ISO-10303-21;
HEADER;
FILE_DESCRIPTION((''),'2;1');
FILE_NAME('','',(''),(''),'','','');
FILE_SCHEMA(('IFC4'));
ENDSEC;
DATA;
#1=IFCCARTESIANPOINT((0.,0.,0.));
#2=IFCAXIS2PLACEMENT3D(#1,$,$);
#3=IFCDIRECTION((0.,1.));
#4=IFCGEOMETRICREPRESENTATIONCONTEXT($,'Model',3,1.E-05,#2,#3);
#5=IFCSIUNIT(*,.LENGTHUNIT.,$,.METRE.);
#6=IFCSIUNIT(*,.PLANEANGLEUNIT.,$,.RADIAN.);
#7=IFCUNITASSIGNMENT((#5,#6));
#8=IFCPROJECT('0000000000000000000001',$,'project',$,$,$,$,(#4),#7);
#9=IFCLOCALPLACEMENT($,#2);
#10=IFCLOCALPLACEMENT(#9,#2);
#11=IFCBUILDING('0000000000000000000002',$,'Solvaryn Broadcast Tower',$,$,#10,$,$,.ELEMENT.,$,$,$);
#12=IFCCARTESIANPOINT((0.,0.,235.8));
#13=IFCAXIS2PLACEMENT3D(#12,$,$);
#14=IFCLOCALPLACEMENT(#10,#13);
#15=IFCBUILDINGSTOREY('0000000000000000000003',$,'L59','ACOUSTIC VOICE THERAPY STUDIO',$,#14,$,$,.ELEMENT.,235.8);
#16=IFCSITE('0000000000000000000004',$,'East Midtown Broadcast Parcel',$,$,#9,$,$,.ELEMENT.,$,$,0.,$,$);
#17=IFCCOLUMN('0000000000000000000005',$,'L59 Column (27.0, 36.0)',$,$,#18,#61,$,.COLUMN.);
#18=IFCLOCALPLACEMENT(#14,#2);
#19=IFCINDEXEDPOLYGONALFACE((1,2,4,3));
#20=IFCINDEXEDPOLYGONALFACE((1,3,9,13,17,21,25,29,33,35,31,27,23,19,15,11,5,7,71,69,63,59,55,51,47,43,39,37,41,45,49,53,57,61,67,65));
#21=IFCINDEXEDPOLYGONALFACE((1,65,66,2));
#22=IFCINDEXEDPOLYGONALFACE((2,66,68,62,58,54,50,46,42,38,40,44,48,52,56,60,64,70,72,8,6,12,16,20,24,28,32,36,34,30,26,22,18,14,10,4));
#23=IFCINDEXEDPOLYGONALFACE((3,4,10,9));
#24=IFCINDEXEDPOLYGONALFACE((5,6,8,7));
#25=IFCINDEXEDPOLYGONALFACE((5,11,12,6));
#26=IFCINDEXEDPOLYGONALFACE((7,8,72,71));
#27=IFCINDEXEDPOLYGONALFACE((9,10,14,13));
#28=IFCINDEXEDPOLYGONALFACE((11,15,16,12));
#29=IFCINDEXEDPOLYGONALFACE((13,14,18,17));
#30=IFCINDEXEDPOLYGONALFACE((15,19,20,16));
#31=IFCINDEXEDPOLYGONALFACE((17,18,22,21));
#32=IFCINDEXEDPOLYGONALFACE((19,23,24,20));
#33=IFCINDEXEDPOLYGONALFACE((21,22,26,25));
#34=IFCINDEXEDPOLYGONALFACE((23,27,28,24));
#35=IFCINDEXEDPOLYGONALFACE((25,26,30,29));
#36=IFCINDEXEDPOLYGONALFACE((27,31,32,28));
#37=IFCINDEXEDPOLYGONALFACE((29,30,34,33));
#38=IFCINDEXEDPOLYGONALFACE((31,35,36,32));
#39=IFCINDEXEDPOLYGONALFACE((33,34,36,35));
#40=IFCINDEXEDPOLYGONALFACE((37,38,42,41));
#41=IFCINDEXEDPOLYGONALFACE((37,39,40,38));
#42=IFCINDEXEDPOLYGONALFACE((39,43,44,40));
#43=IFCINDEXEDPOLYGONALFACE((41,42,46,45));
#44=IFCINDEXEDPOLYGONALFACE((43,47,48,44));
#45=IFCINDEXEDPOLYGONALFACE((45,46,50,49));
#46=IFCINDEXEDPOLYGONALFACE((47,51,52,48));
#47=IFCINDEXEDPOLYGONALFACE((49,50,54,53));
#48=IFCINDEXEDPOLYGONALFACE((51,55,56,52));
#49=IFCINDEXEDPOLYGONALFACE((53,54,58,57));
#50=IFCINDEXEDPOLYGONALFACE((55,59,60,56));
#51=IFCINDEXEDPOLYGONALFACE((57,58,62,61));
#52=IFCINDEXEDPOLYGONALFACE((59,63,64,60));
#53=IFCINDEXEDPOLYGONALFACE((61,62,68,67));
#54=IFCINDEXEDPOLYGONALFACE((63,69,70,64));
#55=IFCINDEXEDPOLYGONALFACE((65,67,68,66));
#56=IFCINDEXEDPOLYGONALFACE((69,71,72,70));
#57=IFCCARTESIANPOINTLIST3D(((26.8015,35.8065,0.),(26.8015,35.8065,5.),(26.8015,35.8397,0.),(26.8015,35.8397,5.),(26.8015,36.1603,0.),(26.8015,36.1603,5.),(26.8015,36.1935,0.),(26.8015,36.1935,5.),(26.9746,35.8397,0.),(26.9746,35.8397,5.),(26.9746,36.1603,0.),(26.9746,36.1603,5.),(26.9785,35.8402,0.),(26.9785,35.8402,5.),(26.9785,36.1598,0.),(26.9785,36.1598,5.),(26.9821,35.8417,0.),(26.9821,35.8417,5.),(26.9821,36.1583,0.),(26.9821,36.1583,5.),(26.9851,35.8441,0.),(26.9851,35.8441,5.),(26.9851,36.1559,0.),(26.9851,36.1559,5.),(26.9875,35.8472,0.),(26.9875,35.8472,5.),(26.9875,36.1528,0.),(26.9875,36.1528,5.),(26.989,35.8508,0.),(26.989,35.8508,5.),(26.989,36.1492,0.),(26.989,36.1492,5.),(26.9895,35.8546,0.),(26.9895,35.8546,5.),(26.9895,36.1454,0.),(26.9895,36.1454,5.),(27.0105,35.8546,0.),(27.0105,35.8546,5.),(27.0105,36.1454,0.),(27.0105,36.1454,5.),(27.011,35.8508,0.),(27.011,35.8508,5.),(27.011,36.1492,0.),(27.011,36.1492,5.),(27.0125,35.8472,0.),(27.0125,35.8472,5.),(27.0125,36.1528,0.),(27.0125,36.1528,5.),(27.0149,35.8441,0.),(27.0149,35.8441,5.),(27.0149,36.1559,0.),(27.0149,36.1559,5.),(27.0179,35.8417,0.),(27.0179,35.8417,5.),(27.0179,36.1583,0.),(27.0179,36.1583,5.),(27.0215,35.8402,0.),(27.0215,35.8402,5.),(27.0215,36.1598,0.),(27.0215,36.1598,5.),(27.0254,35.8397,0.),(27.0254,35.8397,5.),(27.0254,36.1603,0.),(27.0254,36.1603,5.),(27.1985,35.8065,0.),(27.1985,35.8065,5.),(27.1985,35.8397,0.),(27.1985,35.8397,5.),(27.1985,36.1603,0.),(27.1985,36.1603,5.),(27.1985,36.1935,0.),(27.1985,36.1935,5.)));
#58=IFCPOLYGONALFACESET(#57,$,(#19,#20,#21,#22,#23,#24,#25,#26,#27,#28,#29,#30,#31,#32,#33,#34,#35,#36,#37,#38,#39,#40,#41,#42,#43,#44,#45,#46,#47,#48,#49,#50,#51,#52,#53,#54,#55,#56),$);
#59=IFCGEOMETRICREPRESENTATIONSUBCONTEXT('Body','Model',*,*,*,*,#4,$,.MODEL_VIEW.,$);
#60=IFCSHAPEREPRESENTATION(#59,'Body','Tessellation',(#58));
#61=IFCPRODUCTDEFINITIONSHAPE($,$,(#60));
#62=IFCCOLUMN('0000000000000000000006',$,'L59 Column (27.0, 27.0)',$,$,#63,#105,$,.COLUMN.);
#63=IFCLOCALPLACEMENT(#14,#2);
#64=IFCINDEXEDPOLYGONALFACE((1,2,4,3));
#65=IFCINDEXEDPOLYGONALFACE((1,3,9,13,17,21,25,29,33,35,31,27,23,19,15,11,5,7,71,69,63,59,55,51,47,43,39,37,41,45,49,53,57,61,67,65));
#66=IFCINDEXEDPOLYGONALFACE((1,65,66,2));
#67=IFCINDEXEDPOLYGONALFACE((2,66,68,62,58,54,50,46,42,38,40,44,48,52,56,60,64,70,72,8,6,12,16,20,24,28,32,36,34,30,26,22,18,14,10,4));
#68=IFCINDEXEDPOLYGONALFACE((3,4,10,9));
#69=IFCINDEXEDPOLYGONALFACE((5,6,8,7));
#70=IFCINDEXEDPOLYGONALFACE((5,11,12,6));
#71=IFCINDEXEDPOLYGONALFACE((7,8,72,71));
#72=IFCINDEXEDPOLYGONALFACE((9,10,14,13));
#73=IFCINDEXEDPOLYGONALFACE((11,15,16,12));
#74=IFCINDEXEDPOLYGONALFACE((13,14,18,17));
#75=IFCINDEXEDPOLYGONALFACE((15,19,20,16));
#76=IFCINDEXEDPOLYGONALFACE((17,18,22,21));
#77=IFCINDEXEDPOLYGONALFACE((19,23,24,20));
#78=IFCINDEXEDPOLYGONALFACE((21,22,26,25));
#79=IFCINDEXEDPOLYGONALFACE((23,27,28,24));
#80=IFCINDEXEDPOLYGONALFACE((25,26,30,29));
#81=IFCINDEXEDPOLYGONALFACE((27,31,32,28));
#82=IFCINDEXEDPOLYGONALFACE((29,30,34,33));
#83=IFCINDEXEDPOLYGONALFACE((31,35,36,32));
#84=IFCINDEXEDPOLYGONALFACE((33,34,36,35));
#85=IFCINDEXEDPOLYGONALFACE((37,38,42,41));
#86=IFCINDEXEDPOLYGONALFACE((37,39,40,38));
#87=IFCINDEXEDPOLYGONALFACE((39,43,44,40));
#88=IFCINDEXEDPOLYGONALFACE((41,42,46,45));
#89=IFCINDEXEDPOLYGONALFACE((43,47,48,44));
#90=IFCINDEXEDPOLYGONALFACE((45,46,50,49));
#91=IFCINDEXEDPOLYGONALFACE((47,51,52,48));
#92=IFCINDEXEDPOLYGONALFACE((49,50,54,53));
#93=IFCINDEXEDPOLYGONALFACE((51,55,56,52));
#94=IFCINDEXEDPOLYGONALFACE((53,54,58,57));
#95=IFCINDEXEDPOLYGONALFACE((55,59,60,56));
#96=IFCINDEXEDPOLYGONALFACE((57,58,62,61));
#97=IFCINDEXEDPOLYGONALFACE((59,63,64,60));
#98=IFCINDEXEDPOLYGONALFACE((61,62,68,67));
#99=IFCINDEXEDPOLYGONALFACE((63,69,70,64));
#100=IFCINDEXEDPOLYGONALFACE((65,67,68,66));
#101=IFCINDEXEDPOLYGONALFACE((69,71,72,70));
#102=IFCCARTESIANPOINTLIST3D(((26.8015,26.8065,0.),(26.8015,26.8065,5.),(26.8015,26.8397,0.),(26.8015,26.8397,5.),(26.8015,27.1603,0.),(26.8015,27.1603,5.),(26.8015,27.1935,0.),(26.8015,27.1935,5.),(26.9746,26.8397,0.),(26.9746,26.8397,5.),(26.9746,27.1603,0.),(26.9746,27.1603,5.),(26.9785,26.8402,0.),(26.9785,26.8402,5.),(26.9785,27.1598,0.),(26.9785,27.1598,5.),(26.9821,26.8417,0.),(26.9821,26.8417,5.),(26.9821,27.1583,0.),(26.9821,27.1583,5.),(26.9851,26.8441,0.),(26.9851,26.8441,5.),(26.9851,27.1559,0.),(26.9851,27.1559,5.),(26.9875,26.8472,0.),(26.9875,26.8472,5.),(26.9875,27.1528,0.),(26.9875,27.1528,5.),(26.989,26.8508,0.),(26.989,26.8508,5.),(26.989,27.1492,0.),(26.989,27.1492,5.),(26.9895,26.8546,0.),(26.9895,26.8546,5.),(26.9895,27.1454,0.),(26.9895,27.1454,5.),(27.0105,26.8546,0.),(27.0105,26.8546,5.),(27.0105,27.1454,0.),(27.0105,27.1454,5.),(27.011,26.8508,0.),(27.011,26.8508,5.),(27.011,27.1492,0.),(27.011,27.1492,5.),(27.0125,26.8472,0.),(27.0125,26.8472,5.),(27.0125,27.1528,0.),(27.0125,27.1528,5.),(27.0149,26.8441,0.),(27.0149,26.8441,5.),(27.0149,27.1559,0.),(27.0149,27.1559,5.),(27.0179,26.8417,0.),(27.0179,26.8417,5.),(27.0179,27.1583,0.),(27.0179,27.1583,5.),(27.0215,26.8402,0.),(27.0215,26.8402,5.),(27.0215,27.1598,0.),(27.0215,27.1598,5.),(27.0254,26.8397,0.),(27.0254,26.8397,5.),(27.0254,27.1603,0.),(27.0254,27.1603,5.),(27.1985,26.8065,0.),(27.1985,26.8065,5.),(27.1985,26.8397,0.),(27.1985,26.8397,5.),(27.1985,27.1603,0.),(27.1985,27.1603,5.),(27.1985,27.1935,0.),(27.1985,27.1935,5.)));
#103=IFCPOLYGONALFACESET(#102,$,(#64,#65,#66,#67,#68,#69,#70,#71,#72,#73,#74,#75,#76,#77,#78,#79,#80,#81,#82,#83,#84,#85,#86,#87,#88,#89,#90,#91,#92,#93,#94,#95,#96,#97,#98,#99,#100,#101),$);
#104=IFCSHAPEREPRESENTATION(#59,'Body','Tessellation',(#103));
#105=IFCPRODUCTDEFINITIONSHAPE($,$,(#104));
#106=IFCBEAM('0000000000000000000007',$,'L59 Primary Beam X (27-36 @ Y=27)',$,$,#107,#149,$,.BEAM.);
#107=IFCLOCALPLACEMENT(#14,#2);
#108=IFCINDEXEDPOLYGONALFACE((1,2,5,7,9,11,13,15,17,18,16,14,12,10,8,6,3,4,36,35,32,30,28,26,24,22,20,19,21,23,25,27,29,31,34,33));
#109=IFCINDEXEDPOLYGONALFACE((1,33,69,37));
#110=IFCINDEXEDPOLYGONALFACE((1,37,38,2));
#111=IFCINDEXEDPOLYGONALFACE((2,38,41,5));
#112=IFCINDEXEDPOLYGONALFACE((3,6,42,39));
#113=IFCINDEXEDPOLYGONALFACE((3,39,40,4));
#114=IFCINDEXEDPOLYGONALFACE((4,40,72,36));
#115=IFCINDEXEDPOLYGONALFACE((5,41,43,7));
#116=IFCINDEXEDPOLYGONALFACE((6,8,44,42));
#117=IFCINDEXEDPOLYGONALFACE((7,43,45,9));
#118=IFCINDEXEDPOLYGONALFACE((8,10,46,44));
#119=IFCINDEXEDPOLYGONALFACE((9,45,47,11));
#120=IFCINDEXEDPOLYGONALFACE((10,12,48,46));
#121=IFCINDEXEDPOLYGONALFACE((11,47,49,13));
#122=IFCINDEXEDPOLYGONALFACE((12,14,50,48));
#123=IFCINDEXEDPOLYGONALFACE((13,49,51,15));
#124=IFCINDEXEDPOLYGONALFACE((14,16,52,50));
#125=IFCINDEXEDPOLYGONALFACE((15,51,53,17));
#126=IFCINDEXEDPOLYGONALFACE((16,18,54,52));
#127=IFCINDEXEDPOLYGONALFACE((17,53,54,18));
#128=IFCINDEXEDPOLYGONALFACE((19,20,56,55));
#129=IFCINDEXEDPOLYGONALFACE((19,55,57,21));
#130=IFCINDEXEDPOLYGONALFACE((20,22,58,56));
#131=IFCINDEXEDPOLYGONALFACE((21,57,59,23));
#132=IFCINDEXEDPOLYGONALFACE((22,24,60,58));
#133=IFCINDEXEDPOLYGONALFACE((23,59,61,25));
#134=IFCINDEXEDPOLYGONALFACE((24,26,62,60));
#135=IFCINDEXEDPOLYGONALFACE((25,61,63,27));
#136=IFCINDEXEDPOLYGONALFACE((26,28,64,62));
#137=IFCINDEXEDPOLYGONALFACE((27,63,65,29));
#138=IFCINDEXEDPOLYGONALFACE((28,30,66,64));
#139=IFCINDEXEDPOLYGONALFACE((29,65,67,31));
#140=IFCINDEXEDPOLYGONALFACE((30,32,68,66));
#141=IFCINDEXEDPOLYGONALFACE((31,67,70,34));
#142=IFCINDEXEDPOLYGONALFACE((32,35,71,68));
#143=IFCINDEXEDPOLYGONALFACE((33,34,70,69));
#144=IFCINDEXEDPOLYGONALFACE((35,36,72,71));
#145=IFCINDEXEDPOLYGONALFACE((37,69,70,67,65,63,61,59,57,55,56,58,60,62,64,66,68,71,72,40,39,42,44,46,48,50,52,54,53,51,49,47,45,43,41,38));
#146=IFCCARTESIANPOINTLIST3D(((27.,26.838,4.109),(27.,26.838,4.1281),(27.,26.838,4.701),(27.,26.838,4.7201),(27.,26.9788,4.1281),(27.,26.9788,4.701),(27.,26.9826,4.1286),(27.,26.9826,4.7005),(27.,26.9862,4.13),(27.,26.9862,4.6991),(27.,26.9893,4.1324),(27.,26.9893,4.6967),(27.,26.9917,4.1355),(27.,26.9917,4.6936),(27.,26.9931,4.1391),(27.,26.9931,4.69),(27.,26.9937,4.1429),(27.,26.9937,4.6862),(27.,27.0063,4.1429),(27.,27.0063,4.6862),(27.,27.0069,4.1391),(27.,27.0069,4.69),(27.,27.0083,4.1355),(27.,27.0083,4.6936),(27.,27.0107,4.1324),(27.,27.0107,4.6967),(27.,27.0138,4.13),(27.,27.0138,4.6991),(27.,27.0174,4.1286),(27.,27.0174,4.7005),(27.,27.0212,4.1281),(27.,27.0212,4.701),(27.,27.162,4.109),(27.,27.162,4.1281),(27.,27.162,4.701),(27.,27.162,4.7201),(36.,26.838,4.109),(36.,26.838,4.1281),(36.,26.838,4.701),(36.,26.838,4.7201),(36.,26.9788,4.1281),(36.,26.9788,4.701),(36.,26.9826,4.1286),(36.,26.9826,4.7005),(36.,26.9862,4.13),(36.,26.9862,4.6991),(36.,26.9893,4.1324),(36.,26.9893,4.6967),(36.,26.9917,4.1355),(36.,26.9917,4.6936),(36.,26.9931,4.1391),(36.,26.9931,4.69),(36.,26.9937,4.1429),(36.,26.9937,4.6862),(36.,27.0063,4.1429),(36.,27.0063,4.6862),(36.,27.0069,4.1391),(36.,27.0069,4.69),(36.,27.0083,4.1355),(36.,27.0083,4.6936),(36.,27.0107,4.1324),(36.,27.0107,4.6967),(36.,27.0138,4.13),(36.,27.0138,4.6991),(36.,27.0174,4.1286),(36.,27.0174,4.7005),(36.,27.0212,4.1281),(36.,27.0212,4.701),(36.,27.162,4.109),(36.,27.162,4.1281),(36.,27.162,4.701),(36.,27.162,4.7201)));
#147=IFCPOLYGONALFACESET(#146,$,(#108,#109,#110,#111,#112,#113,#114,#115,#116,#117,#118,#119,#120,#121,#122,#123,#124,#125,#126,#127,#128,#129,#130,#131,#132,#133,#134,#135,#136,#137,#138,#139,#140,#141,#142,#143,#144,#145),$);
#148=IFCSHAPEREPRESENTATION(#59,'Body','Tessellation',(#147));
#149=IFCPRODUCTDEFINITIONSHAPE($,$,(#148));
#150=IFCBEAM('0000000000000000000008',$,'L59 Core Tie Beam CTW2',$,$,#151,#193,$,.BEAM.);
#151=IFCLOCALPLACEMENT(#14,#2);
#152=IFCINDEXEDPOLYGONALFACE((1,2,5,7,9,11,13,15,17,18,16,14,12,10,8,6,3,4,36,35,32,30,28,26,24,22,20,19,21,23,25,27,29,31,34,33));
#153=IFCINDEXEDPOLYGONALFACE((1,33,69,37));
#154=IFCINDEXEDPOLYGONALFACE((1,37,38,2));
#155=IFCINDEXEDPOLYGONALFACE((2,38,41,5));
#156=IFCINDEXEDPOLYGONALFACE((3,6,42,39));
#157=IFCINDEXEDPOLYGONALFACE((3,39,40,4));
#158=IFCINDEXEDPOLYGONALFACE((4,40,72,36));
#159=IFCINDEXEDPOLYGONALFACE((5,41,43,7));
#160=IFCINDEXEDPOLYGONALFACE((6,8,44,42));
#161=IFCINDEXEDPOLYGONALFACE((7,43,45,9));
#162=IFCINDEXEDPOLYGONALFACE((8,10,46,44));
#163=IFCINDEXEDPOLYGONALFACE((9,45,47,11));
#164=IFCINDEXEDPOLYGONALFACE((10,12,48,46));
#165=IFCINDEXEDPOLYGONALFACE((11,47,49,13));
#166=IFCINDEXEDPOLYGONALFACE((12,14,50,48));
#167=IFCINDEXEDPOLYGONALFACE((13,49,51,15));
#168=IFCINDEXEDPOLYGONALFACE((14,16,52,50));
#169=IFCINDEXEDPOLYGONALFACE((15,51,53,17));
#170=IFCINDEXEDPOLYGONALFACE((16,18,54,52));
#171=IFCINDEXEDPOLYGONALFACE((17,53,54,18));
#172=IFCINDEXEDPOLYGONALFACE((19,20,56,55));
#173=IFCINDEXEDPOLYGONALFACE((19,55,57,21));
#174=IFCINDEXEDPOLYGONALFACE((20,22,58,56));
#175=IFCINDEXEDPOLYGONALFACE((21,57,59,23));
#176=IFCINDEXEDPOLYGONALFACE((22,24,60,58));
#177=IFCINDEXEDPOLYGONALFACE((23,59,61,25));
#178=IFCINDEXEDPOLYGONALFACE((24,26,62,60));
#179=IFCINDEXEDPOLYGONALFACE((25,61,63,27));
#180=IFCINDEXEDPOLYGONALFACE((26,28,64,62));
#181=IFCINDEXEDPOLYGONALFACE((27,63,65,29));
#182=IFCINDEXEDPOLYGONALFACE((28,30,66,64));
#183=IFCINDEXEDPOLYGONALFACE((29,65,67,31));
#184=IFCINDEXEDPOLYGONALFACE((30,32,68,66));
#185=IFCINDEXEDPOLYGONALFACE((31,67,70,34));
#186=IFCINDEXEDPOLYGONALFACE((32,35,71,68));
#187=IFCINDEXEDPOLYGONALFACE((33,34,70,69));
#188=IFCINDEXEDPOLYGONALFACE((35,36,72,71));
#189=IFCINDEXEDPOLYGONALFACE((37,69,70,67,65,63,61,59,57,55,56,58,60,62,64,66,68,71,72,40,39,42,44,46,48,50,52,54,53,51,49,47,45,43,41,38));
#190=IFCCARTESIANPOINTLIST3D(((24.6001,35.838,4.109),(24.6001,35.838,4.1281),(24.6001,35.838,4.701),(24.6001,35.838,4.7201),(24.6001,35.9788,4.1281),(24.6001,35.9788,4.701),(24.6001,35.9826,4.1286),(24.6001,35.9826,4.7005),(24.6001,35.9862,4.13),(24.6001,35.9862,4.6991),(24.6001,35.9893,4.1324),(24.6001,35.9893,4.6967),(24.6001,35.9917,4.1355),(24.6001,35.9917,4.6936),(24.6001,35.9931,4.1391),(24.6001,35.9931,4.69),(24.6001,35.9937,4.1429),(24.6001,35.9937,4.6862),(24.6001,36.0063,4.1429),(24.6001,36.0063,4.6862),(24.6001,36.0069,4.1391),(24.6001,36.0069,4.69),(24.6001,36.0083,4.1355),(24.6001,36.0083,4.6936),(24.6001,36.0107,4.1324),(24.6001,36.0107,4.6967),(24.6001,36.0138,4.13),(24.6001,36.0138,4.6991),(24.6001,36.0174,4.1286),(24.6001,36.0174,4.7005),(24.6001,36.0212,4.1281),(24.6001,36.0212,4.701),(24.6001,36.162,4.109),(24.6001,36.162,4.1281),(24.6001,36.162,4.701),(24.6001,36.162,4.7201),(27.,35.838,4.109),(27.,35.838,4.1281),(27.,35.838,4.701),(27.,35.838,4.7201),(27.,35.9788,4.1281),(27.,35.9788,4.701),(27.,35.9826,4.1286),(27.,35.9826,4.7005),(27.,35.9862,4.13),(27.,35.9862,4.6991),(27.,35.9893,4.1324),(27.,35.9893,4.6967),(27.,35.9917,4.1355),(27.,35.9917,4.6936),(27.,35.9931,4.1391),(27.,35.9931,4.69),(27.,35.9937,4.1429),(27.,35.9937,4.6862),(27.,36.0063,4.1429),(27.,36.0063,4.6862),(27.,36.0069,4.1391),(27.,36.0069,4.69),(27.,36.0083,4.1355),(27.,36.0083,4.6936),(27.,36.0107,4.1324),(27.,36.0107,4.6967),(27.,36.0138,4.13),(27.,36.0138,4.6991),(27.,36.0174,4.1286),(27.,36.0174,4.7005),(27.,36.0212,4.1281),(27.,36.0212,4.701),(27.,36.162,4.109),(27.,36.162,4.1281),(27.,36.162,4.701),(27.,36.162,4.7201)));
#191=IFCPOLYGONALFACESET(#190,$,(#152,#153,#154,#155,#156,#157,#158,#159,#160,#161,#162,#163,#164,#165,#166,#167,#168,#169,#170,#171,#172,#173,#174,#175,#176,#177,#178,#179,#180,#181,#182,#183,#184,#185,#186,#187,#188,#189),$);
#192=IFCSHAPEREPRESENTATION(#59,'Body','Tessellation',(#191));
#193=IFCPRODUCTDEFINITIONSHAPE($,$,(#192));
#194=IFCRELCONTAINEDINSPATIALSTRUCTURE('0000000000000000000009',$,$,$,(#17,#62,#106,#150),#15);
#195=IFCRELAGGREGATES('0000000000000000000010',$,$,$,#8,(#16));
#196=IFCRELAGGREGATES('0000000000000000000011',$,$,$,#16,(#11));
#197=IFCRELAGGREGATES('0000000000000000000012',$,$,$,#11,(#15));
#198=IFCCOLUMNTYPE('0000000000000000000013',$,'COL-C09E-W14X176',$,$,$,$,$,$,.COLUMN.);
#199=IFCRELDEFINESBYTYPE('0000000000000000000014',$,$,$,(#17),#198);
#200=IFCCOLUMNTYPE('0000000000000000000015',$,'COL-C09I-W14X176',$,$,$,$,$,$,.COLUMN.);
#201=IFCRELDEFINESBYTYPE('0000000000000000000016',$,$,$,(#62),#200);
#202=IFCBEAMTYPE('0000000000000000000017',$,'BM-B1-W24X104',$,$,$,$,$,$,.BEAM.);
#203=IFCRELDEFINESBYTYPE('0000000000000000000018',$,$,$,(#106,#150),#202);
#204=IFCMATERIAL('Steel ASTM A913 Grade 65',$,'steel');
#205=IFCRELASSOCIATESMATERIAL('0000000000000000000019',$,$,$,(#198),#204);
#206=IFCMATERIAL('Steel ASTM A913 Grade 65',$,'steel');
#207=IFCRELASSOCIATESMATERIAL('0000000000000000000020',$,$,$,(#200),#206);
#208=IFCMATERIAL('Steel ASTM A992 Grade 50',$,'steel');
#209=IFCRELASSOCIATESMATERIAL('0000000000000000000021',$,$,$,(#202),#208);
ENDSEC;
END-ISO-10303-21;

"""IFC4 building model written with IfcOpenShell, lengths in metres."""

from ifc_helpers import new_model, si_unit, direction, frame, origin, origin_2d, place, context, subcontext, project, spatial, i_section, extrude, material, material_profile, profile_set, type_object, element, save


model = new_model("IFC4")

# Units and contexts
model_context = context("Model", 3, precision=1e-05, world=origin(), true_north=direction((0.0, 1.0)))
body_context = subcontext(model_context, "Body", "Model", "MODEL_VIEW")
ifc_project = project(units=[si_unit("LENGTHUNIT", "METRE"), si_unit("PLANEANGLEUNIT", "RADIAN")], contexts=[model_context])

# Site, building, storey
site_placement = place(None, origin())
site = spatial("IfcSite", under=ifc_project, at=site_placement, Name="East Midtown Broadcast Parcel", CompositionType="ELEMENT", RefElevation=0.0)
building_placement = place(site_placement, origin())
building = spatial("IfcBuilding", under=site, at=building_placement, Name="Solvaryn Broadcast Tower", CompositionType="ELEMENT")
storey_placement = place(building_placement, frame((0.0, 0.0, 235.8)))
storey = spatial("IfcBuildingStorey", under=building, at=storey_placement, Name="L59", Description="ACOUSTIC VOICE THERAPY STUDIO", CompositionType="ELEMENT", Elevation=235.8)

# Columns
ifc_material_1 = material(Name="Steel ASTM A913 Grade 65", Category="steel")
ifc_material_profile_1 = material_profile(ifc_material_1, i_section(OverallWidth=0.397, OverallDepth=0.387, WebThickness=0.021, FlangeThickness=0.0332, FilletRadius=0.0149, at=origin_2d()))
ifc_profile_set_1 = profile_set([ifc_material_profile_1], Name="Steel ASTM A913 Grade 65")
column_type_1 = type_object("IfcColumnType", Name="COL-C09E-W14X176", PredefinedType="COLUMN", material=ifc_profile_set_1)
column_1_placement = place(storey_placement, frame((27.0, 36.0, 0.0), z_axis=(0.0, 0.0, 1.0), x_axis=(1.0, 0.0, 0.0)))
element("IfcColumn", 1, at=column_1_placement, inside=storey, type_object=column_type_1, Name="L59 Column (27.0, 36.0)", PredefinedType="COLUMN", context=body_context, shape_type="SweptSolid", body=[
    extrude(i_section(OverallWidth=0.397, OverallDepth=0.387, WebThickness=0.021, FlangeThickness=0.0332, FilletRadius=0.0149, at=origin_2d()), origin(), (0.0, 0.0, 1.0), 5.0),
])
ifc_material_2 = material(Name="Steel ASTM A913 Grade 65", Category="steel")
ifc_material_profile_2 = material_profile(ifc_material_2, i_section(OverallWidth=0.397, OverallDepth=0.387, WebThickness=0.021, FlangeThickness=0.0332, FilletRadius=0.0149, at=origin_2d()))
ifc_profile_set_2 = profile_set([ifc_material_profile_2], Name="Steel ASTM A913 Grade 65")
column_type_2 = type_object("IfcColumnType", Name="COL-C09I-W14X176", PredefinedType="COLUMN", material=ifc_profile_set_2)
column_2_placement = place(storey_placement, frame((27.0, 27.0, 0.0), z_axis=(0.0, 0.0, 1.0), x_axis=(1.0, 0.0, 0.0)))
element("IfcColumn", 2, at=column_2_placement, inside=storey, type_object=column_type_2, Name="L59 Column (27.0, 27.0)", PredefinedType="COLUMN", context=body_context, shape_type="SweptSolid", body=[
    extrude(i_section(OverallWidth=0.397, OverallDepth=0.387, WebThickness=0.021, FlangeThickness=0.0332, FilletRadius=0.0149, at=origin_2d()), origin(), (0.0, 0.0, 1.0), 5.0),
])

# Beams
ifc_material_3 = material(Name="Steel ASTM A992 Grade 50", Category="steel")
ifc_material_profile_3 = material_profile(ifc_material_3, i_section(OverallWidth=0.324, OverallDepth=0.6111, WebThickness=0.0127, FlangeThickness=0.019, FilletRadius=0.0149, at=origin_2d()))
ifc_profile_set_3 = profile_set([ifc_material_profile_3], Name="Steel ASTM A992 Grade 50")
beam_type_1 = type_object("IfcBeamType", Name="BM-B1-W24X104", PredefinedType="BEAM", material=ifc_profile_set_3)
beam_1_placement = place(storey_placement, frame((27.0, 27.0, 4.4146), z_axis=(1.0, 0.0, 0.0), x_axis=(0.0, 1.0, 0.0)))
element("IfcBeam", 3, at=beam_1_placement, inside=storey, type_object=beam_type_1, Name="L59 Primary Beam X (27-36 @ Y=27)", PredefinedType="BEAM", context=body_context, shape_type="SweptSolid", body=[
    extrude(i_section(OverallWidth=0.324, OverallDepth=0.6111, WebThickness=0.0127, FlangeThickness=0.019, FilletRadius=0.0149, at=origin_2d()), origin(), (0.0, 0.0, 1.0), 9.0),
])
beam_2_placement = place(storey_placement, frame((24.6001, 36.0, 4.4146), z_axis=(1.0, 0.0, 0.0), x_axis=(0.0, 1.0, 0.0)))
element("IfcBeam", 4, at=beam_2_placement, inside=storey, type_object=beam_type_1, Name="L59 Core Tie Beam CTW2", PredefinedType="BEAM", context=body_context, shape_type="SweptSolid", body=[
    extrude(i_section(OverallWidth=0.324, OverallDepth=0.6111, WebThickness=0.0127, FlangeThickness=0.019, FilletRadius=0.0149, at=origin_2d()), origin(), (0.0, 0.0, 1.0), 2.3999),
])

save(model, "model.ifc")
